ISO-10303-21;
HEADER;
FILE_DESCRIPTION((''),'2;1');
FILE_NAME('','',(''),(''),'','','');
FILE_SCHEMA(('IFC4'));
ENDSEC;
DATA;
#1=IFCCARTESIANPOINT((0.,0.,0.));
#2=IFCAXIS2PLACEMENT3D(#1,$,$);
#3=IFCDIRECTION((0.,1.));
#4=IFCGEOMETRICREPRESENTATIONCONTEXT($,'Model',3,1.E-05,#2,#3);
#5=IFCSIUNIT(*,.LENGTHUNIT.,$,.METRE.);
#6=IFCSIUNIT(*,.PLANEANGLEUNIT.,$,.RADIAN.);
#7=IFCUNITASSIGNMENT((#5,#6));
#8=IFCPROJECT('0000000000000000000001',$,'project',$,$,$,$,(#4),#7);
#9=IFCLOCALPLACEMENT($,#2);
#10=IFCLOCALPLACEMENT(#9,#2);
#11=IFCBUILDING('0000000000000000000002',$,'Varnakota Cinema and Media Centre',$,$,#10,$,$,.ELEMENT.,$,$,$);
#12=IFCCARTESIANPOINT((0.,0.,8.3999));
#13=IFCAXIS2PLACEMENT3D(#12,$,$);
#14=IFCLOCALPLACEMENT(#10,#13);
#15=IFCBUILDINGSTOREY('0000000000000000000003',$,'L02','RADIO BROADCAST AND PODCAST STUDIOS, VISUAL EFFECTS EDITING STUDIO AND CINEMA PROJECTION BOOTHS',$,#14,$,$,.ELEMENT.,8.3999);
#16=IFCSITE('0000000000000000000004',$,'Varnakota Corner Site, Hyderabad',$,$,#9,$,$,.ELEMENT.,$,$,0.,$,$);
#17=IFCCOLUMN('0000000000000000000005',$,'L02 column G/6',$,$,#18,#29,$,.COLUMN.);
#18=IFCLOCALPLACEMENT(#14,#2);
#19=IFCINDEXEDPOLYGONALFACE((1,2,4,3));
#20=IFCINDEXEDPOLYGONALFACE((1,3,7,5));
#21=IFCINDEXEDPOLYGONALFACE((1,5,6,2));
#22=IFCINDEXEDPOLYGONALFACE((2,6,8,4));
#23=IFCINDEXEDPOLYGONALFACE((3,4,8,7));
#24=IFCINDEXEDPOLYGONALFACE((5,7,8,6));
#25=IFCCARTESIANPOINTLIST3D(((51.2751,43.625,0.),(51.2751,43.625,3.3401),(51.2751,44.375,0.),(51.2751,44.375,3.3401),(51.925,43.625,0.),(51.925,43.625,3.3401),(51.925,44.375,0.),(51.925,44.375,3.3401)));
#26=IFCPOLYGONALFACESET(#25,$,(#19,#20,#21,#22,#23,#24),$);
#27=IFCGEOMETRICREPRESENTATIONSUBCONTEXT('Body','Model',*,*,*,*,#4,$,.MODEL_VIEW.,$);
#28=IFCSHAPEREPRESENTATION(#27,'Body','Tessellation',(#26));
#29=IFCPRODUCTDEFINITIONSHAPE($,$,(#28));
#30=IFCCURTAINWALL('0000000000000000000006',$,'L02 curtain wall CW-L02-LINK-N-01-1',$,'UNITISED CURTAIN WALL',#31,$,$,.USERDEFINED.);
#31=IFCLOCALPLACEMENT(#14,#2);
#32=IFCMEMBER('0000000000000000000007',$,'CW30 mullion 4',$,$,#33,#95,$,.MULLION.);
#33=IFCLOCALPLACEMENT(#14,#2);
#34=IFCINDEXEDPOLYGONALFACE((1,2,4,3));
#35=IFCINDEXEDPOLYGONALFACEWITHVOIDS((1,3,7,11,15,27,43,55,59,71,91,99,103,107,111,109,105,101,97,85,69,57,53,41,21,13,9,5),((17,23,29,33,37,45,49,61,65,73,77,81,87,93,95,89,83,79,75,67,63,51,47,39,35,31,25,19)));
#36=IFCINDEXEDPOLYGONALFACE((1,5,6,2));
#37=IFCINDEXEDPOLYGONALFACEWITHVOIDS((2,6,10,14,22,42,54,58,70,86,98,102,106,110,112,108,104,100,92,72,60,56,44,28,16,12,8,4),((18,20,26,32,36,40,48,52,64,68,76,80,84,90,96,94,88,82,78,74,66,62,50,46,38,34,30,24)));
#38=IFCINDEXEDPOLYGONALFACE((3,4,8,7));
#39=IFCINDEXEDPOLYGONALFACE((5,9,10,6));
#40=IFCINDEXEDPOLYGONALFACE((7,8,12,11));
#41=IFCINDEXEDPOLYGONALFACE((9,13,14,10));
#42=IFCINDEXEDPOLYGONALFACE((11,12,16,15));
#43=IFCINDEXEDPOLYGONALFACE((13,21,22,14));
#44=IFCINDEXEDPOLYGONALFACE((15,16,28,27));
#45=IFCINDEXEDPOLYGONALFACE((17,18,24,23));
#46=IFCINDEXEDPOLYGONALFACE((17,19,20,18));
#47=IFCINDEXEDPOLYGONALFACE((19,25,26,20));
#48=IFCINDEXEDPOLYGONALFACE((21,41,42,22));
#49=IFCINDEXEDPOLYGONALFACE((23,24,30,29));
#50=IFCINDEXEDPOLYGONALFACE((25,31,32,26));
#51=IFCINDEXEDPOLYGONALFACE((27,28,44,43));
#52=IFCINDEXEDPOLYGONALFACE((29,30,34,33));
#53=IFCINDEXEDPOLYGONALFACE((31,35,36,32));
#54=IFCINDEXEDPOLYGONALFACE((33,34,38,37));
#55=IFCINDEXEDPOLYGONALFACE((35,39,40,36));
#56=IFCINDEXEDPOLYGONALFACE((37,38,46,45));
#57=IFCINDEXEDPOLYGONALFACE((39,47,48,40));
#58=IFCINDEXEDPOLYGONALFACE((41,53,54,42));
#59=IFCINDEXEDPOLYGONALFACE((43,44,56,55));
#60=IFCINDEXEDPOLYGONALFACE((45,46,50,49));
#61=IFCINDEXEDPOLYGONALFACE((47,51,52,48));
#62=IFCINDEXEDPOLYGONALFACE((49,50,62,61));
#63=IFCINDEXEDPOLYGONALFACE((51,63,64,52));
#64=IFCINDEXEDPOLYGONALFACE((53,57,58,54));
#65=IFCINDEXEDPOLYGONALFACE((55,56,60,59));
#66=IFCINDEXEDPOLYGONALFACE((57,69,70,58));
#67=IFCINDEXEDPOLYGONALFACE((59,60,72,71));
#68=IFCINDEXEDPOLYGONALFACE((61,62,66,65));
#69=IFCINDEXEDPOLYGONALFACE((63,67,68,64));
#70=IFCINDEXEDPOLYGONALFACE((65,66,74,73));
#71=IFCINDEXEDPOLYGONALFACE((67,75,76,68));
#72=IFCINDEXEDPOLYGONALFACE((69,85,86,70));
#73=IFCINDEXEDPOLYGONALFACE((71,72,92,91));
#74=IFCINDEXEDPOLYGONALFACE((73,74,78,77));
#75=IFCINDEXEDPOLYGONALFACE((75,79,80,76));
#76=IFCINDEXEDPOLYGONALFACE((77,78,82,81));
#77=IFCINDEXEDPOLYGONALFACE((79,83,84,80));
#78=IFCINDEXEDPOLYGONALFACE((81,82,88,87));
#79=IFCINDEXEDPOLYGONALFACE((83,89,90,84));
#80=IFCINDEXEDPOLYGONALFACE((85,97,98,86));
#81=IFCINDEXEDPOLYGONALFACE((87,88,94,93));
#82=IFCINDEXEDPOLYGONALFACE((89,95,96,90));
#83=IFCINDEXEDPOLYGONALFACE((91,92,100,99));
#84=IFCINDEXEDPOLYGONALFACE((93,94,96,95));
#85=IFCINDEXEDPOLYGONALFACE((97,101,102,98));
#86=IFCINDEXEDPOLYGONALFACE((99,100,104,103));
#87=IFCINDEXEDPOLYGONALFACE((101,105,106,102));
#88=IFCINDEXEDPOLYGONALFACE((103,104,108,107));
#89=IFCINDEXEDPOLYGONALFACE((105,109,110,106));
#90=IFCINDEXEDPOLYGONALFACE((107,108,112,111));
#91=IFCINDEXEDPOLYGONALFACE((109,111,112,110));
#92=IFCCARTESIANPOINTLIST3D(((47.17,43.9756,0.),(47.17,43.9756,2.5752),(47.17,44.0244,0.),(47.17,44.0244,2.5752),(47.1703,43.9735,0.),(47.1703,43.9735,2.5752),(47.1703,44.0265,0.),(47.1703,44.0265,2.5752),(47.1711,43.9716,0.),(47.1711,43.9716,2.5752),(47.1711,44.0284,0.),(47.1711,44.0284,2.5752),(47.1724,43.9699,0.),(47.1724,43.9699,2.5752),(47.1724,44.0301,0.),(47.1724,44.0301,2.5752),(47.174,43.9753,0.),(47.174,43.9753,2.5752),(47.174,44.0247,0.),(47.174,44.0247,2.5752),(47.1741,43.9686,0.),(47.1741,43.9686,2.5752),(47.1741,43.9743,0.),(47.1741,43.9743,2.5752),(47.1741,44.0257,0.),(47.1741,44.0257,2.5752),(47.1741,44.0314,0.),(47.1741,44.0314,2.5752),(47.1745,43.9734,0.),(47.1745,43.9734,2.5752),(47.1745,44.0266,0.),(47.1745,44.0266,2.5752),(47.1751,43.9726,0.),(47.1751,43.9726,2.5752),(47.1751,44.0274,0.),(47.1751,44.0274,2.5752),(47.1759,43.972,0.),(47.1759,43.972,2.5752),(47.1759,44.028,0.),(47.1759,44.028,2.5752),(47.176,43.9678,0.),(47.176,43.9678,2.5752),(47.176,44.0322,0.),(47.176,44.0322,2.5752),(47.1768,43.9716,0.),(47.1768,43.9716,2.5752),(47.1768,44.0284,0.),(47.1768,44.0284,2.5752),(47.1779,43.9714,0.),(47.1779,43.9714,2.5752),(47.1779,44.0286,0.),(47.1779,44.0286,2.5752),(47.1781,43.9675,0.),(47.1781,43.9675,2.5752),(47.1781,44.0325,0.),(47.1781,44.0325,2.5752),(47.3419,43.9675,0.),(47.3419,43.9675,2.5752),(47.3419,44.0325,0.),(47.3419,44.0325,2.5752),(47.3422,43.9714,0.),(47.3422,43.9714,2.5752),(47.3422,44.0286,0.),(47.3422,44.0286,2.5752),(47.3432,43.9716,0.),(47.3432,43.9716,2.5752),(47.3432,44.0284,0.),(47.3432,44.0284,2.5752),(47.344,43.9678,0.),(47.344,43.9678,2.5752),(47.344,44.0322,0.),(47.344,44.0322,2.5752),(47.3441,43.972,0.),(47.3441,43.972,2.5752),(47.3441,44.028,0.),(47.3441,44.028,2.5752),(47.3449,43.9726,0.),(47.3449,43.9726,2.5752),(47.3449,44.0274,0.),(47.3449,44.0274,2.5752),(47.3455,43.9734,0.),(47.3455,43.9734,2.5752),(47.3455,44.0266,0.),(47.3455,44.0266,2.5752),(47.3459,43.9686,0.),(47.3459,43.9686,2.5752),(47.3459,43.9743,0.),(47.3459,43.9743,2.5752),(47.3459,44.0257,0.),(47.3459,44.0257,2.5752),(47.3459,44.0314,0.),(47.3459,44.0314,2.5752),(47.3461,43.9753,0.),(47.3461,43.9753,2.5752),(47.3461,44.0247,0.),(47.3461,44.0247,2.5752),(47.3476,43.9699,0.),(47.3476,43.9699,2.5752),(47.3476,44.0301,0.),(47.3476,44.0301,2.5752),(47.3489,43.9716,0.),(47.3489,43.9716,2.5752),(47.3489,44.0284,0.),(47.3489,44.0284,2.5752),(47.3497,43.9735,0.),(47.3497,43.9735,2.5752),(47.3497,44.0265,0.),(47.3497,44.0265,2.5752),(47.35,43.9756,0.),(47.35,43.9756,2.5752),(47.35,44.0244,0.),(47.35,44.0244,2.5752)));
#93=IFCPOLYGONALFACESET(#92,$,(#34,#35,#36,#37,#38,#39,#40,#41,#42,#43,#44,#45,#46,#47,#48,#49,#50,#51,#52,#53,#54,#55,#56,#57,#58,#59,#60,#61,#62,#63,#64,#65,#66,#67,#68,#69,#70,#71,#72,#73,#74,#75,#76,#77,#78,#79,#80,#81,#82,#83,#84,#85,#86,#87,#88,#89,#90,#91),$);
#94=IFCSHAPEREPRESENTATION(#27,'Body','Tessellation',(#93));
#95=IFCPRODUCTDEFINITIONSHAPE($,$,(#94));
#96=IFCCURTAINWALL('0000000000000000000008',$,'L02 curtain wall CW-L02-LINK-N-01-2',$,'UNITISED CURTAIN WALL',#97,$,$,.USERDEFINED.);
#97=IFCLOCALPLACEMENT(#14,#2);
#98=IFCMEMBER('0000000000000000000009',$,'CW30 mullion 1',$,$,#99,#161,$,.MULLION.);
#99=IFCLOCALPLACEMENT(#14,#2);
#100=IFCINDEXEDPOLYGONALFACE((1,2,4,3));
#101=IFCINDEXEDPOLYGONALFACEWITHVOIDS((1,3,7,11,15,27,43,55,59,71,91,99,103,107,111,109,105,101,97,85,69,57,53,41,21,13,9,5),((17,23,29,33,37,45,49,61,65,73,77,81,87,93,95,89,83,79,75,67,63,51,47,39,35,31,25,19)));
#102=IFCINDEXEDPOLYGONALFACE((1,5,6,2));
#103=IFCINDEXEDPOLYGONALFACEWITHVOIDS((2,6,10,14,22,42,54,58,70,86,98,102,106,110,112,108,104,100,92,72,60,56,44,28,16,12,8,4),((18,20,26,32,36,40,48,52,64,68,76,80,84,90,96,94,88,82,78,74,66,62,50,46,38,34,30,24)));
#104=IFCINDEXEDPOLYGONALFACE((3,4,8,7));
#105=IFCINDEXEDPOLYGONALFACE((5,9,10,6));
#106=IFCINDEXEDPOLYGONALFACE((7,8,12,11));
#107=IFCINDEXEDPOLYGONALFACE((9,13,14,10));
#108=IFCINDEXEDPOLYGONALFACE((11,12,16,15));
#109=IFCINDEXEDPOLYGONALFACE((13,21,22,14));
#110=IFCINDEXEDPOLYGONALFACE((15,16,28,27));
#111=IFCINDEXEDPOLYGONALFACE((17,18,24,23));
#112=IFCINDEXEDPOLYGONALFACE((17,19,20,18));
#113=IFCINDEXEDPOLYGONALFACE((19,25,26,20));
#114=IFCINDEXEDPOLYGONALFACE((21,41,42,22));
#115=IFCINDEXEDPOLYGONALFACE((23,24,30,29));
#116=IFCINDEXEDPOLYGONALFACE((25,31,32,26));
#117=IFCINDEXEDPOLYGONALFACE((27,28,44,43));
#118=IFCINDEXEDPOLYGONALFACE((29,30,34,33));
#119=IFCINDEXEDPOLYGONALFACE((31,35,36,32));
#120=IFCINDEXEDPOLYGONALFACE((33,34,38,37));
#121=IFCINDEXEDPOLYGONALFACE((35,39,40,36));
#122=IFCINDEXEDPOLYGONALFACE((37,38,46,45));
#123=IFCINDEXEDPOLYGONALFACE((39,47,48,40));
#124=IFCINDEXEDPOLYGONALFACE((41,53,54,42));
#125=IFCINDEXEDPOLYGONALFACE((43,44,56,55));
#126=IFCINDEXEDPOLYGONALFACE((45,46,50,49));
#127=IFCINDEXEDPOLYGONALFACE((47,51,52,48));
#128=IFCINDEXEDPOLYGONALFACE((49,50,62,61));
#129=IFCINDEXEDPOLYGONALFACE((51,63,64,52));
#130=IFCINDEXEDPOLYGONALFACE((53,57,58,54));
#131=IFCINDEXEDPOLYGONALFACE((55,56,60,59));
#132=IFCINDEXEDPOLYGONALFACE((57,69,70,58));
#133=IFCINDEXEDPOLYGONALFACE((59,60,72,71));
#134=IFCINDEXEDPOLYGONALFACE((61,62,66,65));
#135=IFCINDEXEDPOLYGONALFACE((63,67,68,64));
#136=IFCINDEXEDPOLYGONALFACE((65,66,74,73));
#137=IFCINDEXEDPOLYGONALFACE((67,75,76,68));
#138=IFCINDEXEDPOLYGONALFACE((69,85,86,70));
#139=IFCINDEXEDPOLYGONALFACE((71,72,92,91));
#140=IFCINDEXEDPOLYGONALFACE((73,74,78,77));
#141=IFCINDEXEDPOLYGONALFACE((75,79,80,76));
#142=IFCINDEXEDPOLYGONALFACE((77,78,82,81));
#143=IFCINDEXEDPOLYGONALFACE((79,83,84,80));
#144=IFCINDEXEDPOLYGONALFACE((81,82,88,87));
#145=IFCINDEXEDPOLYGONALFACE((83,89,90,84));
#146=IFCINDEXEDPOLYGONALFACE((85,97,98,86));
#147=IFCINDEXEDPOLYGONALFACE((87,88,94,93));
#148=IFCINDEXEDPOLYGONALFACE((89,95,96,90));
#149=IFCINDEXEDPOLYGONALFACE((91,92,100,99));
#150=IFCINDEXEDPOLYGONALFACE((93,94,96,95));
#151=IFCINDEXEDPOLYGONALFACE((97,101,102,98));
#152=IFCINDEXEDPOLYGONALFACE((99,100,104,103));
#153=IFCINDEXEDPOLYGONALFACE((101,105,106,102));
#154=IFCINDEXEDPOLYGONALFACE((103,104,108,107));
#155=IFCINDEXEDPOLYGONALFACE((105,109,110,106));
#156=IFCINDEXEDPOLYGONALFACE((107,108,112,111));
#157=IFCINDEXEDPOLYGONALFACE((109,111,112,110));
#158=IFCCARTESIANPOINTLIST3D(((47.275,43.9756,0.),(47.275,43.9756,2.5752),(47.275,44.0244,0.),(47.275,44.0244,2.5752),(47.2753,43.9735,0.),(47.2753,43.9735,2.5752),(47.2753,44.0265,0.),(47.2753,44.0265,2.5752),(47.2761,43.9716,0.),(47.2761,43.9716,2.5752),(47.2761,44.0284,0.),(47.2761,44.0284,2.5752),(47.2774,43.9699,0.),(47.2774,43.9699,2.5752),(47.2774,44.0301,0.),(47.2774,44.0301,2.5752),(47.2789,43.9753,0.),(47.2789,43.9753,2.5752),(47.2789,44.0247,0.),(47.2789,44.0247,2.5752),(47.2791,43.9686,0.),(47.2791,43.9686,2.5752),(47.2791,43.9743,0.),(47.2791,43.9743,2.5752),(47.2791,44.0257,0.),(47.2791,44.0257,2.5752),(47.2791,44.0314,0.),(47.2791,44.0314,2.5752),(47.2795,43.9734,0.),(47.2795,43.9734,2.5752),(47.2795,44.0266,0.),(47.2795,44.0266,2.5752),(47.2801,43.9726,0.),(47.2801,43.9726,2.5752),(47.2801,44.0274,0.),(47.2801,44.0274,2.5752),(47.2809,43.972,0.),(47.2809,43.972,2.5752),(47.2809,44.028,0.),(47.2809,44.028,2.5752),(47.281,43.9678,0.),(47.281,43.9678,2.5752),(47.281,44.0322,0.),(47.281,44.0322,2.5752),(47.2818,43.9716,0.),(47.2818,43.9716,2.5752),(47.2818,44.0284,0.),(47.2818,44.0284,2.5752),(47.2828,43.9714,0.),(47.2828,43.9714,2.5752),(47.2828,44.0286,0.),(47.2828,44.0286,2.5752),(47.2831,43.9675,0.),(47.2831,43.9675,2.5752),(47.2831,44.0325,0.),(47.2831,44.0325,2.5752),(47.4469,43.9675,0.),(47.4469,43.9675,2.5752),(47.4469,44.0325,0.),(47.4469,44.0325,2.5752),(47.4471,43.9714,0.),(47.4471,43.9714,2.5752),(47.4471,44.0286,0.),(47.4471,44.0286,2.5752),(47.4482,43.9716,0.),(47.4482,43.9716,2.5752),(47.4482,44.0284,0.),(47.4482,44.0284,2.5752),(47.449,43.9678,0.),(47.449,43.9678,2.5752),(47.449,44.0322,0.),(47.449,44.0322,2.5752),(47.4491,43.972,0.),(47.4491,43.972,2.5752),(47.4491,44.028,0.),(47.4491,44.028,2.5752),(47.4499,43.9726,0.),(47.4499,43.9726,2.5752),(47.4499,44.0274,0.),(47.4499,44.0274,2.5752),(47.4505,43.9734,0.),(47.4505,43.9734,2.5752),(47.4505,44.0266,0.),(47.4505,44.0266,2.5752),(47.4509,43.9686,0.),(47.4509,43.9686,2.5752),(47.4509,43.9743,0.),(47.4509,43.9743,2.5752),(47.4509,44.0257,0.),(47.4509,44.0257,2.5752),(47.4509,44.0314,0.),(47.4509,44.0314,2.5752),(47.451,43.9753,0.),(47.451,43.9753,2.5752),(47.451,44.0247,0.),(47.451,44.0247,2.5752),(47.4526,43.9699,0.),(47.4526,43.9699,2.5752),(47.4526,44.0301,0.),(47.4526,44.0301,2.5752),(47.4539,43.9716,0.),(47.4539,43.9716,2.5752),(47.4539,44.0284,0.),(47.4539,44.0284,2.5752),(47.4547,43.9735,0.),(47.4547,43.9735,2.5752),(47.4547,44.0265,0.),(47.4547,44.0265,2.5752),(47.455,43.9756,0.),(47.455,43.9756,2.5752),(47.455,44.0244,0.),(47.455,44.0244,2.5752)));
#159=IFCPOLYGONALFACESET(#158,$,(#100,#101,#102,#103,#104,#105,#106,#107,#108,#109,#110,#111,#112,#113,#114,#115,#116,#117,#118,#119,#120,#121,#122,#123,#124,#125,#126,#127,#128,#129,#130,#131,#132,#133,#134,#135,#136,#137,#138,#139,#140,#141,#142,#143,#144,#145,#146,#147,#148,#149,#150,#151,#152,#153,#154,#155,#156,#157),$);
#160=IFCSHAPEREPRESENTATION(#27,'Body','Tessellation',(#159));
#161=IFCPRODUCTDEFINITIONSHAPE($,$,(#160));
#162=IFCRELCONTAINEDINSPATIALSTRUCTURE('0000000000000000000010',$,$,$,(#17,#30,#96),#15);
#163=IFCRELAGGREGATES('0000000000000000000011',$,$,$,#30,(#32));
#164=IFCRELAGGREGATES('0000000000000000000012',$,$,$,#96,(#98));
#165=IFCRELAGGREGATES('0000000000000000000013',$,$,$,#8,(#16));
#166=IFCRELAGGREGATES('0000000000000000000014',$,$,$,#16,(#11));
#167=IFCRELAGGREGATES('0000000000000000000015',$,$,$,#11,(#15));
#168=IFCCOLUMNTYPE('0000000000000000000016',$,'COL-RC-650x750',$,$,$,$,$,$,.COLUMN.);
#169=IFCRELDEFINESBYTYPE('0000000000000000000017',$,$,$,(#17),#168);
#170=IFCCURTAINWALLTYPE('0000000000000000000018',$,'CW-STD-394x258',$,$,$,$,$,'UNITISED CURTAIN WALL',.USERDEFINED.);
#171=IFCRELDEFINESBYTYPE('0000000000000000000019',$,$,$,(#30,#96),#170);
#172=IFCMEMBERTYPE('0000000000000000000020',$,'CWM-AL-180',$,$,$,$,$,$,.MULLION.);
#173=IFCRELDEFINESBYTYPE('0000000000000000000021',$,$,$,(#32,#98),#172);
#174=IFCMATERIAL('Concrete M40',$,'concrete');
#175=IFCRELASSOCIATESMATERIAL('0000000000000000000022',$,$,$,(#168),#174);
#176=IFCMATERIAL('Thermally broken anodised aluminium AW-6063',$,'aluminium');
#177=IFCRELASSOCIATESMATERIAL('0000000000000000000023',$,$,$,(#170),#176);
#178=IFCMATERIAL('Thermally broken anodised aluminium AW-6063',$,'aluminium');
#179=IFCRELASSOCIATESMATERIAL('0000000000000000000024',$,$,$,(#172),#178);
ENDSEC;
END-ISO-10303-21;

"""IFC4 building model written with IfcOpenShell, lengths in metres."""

from ifc_helpers import new_model, si_unit, direction, frame, origin, origin_2d, place, context, subcontext, project, spatial, rectangle, hollow_rectangle, extrude, material, material_profile, profile_set, type_object, element, aggregate, save


model = new_model("IFC4")

# Units and contexts
model_context = context("Model", 3, precision=1e-05, world=origin(), true_north=direction((0.0, 1.0)))
body_context = subcontext(model_context, "Body", "Model", "MODEL_VIEW")
ifc_project = project(units=[si_unit("LENGTHUNIT", "METRE"), si_unit("PLANEANGLEUNIT", "RADIAN")], contexts=[model_context])

# Site, building, storey
site_placement = place(None, origin())
site = spatial("IfcSite", under=ifc_project, at=site_placement, Name="Varnakota Corner Site, Hyderabad", CompositionType="ELEMENT", RefElevation=0.0)
building_placement = place(site_placement, origin())
building = spatial("IfcBuilding", under=site, at=building_placement, Name="Varnakota Cinema and Media Centre", CompositionType="ELEMENT")
storey_placement = place(building_placement, frame((0.0, 0.0, 8.3999)))
storey = spatial("IfcBuildingStorey", under=building, at=storey_placement, Name="L02", Description="RADIO BROADCAST AND PODCAST STUDIOS, VISUAL EFFECTS EDITING STUDIO AND CINEMA PROJECTION BOOTHS", CompositionType="ELEMENT", Elevation=8.3999)

# Column
ifc_material_1 = material(Name="Concrete M40", Category="concrete")
ifc_material_profile_1 = material_profile(ifc_material_1, rectangle(XDim=0.6499, YDim=0.75, at=origin_2d()), Name="RC 650x750")
ifc_profile_set_1 = profile_set([ifc_material_profile_1], Name="Concrete M40")
column_type = type_object("IfcColumnType", Name="COL-RC-650x750", PredefinedType="COLUMN", material=ifc_profile_set_1)
column_placement = place(storey_placement, frame((51.6001, 44.0, 0.0), z_axis=(0.0, 0.0, 1.0), x_axis=(1.0, 0.0, 0.0)))
element("IfcColumn", 1, at=column_placement, inside=storey, type_object=column_type, Name="L02 column G/6", PredefinedType="COLUMN", context=body_context, shape_type="SweptSolid", body=[
    extrude(rectangle(XDim=0.6499, YDim=0.75, at=origin_2d()), origin(), (0.0, 0.0, 1.0), 3.3401),
])

# Curtain wall, member
ifc_material_2 = material(Name="Thermally broken anodised aluminium AW-6063", Category="aluminium")
curtain_wall_type = type_object("IfcCurtainWallType", Name="CW-STD-394x258", ElementType="UNITISED CURTAIN WALL", PredefinedType="USERDEFINED", material=ifc_material_2)
curtain_wall_1_placement = place(storey_placement, origin())
curtain_wall_1 = element("IfcCurtainWall", 2, at=curtain_wall_1_placement, inside=storey, type_object=curtain_wall_type, Name="L02 curtain wall CW-L02-LINK-N-01-1", ObjectType="UNITISED CURTAIN WALL", PredefinedType="USERDEFINED")
ifc_material_3 = material(Name="Thermally broken anodised aluminium AW-6063", Category="aluminium")
ifc_material_profile_2 = material_profile(ifc_material_3, hollow_rectangle(XDim=0.0649, YDim=0.1799, WallThickness=0.0039, InnerFilletRadius=0.0039, OuterFilletRadius=0.0081, at=origin_2d()), Name="AL-MULLION 180x65x4")
ifc_profile_set_2 = profile_set([ifc_material_profile_2], Name="Thermally broken anodised aluminium AW-6063")
member_type_1 = type_object("IfcMemberType", Name="CWM-AL-180", PredefinedType="MULLION", material=ifc_profile_set_2)
member_1_placement = place(storey_placement, frame((47.26, 44.0, 0.0), z_axis=(0.0, 0.0, 1.0), x_axis=(0.0, 1.0, 0.0)))
member_1 = element("IfcMember", 3, at=member_1_placement, type_object=member_type_1, Name="CW30 mullion 4", PredefinedType="MULLION", context=body_context, shape_type="SweptSolid", body=[
    extrude(hollow_rectangle(XDim=0.0649, YDim=0.1799, WallThickness=0.0039, InnerFilletRadius=0.0039, OuterFilletRadius=0.0081, at=origin_2d()), origin(), (0.0, 0.0, 1.0), 2.5752),
])

# Curtain wall, member
curtain_wall_2_placement = place(storey_placement, origin())
curtain_wall_2 = element("IfcCurtainWall", 4, at=curtain_wall_2_placement, inside=storey, type_object=curtain_wall_type, Name="L02 curtain wall CW-L02-LINK-N-01-2", ObjectType="UNITISED CURTAIN WALL", PredefinedType="USERDEFINED")
member_2_placement = place(storey_placement, frame((47.365, 44.0, 0.0), z_axis=(0.0, 0.0, 1.0), x_axis=(0.0, 1.0, 0.0)))
member_2 = element("IfcMember", 5, at=member_2_placement, type_object=member_type_1, Name="CW30 mullion 1", PredefinedType="MULLION", context=body_context, shape_type="SweptSolid", body=[
    extrude(hollow_rectangle(XDim=0.0649, YDim=0.1799, WallThickness=0.0039, InnerFilletRadius=0.0039, OuterFilletRadius=0.0081, at=origin_2d()), origin(), (0.0, 0.0, 1.0), 2.5752),
])

aggregate(curtain_wall_1, [member_1])
aggregate(curtain_wall_2, [member_2])

save(model, "model.ifc")
